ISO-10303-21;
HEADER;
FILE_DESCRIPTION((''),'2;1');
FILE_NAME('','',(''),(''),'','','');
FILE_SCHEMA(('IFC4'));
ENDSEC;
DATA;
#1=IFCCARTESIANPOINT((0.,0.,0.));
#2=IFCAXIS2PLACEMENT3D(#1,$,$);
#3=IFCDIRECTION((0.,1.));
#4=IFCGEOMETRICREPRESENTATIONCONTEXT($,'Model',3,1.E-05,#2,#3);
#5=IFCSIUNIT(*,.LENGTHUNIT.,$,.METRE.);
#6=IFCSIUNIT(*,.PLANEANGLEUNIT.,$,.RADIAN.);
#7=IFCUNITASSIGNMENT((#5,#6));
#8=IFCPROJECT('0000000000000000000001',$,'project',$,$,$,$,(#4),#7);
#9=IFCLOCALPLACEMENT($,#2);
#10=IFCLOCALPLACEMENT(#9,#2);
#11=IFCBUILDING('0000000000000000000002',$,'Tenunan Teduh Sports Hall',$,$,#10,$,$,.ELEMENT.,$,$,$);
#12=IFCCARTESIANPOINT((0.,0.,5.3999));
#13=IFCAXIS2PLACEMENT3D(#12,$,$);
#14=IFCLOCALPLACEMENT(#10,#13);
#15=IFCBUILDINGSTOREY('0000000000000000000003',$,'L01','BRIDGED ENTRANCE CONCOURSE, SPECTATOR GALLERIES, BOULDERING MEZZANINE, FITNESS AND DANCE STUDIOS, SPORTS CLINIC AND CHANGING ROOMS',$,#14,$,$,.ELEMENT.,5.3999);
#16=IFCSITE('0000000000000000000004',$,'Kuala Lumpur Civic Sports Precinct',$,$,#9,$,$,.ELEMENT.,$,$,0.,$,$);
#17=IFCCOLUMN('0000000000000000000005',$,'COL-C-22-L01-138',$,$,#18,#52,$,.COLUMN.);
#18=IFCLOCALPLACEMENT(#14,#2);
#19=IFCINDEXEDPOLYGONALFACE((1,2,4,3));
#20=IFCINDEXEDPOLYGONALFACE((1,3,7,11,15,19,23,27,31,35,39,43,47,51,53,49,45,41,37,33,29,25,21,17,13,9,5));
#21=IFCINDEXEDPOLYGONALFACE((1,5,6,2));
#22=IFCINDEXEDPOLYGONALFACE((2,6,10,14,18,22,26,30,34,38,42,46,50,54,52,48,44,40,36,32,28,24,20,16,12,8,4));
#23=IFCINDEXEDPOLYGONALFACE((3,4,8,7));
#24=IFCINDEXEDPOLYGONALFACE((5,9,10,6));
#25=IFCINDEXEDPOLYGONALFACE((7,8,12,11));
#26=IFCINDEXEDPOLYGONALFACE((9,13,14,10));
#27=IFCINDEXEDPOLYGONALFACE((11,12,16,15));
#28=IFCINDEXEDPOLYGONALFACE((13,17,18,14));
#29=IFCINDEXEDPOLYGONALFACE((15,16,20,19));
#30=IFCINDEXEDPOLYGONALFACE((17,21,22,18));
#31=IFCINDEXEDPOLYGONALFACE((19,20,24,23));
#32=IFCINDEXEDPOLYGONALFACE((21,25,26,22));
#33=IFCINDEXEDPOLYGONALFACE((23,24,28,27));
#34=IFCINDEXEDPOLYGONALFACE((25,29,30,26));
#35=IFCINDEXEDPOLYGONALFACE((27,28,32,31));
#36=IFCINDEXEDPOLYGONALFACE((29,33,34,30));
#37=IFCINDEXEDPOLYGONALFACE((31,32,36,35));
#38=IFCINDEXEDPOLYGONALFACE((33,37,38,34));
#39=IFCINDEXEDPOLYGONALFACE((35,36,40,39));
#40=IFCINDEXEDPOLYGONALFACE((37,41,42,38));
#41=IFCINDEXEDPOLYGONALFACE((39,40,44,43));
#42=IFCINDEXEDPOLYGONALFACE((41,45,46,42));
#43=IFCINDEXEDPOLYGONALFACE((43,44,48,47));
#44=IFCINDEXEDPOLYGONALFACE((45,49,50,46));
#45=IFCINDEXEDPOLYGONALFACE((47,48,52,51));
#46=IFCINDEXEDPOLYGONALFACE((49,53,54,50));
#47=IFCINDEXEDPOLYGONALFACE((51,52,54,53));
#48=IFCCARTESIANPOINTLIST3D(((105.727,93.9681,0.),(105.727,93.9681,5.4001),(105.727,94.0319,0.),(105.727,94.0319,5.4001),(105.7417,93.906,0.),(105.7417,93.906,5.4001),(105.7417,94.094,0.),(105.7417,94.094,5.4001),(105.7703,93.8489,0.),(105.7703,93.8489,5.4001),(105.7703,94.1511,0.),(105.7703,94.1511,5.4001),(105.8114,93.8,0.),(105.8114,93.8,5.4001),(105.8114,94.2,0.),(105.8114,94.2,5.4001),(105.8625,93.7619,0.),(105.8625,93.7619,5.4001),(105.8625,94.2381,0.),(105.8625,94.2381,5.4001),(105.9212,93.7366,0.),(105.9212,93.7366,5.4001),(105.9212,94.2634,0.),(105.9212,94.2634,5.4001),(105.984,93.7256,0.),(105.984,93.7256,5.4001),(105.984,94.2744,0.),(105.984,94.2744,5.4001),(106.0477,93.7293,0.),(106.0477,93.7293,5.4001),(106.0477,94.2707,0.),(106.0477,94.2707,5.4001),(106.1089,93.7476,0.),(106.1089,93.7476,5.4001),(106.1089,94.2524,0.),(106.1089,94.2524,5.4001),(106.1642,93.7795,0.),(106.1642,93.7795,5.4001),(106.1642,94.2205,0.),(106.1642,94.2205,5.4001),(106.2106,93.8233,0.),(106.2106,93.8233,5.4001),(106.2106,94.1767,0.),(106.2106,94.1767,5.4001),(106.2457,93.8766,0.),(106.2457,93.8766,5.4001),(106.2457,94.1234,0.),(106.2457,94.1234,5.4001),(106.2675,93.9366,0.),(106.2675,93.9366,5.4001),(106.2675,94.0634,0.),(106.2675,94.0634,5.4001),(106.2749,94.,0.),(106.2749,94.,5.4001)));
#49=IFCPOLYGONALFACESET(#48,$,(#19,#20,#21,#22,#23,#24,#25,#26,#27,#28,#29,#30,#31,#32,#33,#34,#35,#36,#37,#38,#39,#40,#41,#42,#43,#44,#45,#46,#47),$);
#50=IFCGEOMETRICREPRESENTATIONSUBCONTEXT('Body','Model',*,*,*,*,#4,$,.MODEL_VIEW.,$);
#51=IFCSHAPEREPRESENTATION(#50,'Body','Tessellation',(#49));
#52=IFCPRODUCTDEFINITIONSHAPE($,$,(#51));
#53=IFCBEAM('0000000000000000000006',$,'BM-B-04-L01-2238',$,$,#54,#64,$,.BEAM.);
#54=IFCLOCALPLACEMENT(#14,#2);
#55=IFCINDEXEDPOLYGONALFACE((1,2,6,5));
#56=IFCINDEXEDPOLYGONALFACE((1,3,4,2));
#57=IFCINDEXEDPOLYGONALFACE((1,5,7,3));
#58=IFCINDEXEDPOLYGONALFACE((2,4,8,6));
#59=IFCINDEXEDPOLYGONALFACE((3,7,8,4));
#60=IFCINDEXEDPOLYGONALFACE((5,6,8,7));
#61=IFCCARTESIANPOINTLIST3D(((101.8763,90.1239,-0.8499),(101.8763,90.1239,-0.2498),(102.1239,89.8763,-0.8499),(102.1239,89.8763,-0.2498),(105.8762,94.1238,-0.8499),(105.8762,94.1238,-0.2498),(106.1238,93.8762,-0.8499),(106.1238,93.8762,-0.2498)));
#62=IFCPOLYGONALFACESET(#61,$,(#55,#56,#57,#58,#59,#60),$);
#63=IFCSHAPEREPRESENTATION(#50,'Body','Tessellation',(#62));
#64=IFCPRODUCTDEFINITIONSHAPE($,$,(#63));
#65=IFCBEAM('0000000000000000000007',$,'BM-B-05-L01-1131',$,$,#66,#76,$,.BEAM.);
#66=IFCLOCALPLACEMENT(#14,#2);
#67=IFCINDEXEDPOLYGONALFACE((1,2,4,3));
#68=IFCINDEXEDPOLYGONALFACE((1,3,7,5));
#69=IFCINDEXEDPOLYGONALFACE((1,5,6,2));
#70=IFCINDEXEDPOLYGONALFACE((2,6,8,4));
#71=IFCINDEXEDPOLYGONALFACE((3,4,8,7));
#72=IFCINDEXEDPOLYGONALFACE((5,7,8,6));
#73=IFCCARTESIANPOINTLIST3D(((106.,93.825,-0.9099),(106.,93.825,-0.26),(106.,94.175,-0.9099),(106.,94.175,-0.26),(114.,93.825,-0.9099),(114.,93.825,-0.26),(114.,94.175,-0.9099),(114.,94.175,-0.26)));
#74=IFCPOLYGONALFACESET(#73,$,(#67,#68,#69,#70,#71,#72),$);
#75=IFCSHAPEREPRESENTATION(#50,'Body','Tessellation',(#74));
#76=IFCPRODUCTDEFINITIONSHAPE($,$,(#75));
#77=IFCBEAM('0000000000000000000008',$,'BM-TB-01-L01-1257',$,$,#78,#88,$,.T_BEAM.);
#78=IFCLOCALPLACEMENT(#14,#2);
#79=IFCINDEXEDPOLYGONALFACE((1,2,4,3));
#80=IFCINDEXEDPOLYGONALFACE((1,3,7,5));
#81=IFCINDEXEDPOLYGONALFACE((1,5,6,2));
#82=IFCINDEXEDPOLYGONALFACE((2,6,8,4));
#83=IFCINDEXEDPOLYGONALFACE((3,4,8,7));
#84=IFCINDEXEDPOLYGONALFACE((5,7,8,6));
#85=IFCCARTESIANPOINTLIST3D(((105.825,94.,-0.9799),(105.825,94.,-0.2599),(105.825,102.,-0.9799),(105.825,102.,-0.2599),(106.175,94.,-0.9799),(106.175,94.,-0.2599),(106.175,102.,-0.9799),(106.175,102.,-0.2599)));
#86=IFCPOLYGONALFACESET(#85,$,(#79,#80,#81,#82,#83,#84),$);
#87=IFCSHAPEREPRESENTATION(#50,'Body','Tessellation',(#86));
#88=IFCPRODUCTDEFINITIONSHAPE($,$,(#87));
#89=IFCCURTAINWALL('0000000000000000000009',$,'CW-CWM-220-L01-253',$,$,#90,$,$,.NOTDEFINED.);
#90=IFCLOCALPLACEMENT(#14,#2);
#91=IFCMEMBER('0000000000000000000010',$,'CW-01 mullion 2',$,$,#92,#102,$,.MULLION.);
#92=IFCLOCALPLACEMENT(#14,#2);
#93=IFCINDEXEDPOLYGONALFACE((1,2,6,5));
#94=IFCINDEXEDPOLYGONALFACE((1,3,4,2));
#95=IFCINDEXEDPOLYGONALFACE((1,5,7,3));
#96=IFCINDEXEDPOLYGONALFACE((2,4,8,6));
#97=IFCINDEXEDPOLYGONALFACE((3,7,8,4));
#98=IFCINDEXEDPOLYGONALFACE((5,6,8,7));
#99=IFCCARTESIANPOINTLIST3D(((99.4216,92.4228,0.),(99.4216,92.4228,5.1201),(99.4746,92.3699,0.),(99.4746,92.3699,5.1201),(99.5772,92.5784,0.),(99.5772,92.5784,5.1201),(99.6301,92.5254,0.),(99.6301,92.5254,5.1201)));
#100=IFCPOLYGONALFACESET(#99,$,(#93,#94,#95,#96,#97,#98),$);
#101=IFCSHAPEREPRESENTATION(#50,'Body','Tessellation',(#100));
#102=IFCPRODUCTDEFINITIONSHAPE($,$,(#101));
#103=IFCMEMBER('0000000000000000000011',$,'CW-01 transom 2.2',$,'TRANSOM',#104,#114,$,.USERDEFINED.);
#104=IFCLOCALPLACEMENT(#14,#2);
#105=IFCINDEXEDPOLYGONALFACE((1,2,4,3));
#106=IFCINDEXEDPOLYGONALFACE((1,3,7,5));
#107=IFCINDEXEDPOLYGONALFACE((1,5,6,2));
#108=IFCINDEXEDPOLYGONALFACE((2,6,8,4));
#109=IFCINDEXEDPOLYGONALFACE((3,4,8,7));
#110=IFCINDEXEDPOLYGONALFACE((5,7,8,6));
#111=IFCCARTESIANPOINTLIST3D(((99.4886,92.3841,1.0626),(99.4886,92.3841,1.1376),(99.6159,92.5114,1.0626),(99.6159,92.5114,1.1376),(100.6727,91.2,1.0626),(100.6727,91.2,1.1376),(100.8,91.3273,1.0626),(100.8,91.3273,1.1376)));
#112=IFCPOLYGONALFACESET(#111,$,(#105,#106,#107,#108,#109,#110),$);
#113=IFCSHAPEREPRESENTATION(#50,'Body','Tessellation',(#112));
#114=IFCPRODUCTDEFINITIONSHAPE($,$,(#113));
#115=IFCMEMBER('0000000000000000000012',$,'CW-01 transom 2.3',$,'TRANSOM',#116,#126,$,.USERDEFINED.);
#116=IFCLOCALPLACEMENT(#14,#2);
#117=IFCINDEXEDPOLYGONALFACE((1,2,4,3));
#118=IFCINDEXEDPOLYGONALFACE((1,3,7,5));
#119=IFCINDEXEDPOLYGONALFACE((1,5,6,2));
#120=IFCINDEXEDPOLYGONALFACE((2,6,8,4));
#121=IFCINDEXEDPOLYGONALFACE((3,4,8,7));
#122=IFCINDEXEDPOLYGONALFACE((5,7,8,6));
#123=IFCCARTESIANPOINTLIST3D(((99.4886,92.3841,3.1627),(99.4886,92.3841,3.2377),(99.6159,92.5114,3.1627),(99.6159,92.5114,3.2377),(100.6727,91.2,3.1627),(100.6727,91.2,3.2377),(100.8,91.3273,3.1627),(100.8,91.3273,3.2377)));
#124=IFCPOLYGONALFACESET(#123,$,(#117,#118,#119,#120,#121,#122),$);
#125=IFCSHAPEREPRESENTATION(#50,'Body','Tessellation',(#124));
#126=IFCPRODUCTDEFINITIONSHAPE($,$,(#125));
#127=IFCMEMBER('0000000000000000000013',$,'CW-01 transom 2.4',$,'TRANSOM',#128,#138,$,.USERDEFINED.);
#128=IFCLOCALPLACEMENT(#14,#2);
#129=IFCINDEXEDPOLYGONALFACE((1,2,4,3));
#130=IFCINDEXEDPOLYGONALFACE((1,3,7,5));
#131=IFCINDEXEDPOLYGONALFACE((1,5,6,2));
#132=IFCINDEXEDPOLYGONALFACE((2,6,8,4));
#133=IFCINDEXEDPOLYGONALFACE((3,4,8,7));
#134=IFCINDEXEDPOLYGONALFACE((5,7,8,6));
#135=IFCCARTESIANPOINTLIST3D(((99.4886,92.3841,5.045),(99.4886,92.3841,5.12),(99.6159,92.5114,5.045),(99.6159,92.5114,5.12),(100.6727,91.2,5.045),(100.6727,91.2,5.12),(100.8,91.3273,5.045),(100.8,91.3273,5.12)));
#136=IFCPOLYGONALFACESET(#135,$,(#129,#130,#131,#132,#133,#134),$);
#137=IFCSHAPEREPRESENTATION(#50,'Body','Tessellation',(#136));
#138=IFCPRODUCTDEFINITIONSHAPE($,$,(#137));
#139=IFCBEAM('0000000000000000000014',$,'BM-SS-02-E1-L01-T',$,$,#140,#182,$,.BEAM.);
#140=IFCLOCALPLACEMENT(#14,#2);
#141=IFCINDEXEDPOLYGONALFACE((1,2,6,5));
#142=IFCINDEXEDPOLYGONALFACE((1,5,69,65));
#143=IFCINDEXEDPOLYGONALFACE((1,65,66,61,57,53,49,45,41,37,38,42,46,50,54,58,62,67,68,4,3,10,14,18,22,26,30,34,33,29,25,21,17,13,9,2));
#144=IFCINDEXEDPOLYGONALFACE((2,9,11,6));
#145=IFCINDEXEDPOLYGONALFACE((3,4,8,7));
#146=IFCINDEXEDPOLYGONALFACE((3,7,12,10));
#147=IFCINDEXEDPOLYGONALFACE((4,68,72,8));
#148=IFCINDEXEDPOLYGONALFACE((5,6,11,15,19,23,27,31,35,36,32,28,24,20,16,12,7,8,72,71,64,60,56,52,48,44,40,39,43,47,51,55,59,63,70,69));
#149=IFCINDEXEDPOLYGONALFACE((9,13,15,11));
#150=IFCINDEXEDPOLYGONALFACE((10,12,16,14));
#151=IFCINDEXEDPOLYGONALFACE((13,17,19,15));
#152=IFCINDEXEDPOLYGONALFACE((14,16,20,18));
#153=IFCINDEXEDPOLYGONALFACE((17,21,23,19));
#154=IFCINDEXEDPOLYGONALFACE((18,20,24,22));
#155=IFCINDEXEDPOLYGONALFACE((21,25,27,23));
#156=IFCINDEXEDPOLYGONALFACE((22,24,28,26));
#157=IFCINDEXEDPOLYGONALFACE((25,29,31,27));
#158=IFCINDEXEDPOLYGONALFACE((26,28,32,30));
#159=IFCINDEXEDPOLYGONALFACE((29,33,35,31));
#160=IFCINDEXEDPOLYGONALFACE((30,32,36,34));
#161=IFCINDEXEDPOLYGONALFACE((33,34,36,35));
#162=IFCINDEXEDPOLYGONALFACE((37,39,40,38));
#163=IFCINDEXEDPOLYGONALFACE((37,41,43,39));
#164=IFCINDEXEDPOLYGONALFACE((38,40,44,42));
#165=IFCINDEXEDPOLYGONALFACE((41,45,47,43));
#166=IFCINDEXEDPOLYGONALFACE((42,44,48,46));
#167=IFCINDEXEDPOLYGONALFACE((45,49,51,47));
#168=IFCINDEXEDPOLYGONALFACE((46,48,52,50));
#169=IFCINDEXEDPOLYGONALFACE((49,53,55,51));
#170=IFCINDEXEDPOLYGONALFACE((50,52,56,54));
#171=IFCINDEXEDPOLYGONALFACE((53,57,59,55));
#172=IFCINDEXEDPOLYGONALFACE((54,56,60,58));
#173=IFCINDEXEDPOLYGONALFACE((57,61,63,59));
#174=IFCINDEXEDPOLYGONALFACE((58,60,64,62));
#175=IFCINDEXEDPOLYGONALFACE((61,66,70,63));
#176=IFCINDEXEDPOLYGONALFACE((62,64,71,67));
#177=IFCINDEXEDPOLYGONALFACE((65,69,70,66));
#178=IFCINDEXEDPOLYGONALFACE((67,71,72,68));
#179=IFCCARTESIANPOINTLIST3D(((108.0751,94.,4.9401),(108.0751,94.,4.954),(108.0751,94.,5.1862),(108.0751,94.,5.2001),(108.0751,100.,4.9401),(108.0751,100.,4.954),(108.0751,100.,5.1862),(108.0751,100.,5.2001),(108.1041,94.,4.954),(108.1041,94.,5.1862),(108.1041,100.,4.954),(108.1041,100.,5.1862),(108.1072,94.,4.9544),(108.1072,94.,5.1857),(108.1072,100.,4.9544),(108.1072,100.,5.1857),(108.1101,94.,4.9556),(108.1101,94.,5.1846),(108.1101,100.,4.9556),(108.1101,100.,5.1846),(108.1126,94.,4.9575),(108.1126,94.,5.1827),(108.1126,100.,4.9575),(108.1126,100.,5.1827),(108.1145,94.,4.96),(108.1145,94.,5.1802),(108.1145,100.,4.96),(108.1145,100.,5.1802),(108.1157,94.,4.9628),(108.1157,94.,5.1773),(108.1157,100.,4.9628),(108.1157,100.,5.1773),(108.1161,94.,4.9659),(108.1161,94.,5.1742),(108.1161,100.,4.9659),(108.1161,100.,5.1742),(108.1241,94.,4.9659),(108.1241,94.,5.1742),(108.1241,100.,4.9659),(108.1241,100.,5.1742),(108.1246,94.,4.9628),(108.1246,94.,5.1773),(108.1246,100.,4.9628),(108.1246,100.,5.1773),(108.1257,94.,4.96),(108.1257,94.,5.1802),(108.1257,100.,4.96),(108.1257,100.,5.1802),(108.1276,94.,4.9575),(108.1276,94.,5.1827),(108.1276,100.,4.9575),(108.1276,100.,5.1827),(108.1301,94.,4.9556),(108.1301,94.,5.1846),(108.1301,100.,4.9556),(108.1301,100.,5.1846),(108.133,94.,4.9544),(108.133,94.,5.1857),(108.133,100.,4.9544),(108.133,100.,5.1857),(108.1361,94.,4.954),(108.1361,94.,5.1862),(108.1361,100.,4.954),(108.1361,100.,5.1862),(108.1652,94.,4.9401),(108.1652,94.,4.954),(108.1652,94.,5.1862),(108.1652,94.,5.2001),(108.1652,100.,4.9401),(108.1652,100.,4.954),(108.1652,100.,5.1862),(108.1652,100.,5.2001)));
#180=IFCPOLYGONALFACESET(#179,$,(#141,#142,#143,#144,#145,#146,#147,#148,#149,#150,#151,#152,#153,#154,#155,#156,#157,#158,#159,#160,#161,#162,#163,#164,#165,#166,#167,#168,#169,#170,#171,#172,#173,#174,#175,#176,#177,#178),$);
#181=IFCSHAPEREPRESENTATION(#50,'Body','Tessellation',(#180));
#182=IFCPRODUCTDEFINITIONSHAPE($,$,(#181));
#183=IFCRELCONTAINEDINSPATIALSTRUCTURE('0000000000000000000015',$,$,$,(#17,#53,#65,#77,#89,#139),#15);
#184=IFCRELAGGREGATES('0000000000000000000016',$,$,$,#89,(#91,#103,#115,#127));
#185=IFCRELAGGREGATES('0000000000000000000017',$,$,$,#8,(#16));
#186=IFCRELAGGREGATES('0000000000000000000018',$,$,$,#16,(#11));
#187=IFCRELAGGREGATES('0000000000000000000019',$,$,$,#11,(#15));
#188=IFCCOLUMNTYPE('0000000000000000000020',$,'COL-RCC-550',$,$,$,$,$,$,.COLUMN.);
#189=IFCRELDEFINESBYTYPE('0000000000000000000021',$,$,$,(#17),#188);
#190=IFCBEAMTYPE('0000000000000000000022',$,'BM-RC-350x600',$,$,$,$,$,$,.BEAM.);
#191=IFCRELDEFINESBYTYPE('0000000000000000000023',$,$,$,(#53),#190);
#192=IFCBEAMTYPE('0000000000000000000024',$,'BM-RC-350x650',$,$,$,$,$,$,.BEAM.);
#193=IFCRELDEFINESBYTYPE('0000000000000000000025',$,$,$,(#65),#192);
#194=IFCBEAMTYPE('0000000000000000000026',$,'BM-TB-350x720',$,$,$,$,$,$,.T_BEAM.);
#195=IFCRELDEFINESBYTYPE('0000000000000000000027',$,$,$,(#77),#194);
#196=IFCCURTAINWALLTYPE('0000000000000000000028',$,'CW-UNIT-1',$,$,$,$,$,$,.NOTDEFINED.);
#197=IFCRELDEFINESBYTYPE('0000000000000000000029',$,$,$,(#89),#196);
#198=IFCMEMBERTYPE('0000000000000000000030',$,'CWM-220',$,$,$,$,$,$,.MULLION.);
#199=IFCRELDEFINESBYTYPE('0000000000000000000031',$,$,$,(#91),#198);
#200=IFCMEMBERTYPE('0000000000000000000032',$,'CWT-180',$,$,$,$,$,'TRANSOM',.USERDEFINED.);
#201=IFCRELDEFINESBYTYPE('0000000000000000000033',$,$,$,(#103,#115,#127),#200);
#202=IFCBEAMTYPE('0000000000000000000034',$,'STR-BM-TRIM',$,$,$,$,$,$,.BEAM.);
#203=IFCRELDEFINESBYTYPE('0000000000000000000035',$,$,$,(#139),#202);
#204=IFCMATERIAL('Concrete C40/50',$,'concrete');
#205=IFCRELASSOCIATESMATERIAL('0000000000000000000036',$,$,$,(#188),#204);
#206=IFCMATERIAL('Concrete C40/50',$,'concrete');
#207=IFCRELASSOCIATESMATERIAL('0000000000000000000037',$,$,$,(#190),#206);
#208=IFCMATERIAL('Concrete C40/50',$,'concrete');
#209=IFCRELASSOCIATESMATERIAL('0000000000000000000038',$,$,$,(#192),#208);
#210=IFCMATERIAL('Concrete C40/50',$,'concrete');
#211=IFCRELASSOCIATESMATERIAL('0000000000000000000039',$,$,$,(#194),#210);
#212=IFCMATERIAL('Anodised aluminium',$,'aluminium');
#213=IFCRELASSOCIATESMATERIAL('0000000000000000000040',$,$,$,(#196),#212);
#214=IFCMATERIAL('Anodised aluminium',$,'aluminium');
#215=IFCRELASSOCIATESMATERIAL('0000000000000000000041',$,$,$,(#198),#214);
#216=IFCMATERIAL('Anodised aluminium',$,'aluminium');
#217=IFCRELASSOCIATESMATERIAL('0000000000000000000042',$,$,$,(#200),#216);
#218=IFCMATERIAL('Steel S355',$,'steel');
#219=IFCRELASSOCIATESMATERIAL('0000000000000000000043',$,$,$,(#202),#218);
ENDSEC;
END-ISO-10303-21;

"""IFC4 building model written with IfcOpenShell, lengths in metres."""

from ifc_helpers import new_model, si_unit, direction, frame, origin, origin_2d, place, context, subcontext, project, spatial, rectangle, circle, i_section, extrude, material, material_profile, profile_set, type_object, element, aggregate, save


model = new_model("IFC4")

# Units and contexts
model_context = context("Model", 3, precision=1e-05, world=origin(), true_north=direction((0.0, 1.0)))
body_context = subcontext(model_context, "Body", "Model", "MODEL_VIEW")
ifc_project = project(units=[si_unit("LENGTHUNIT", "METRE"), si_unit("PLANEANGLEUNIT", "RADIAN")], contexts=[model_context])

# Site, building, storey
site_placement = place(None, origin())
site = spatial("IfcSite", under=ifc_project, at=site_placement, Name="Kuala Lumpur Civic Sports Precinct", CompositionType="ELEMENT", RefElevation=0.0)
building_placement = place(site_placement, origin())
building = spatial("IfcBuilding", under=site, at=building_placement, Name="Tenunan Teduh Sports Hall", CompositionType="ELEMENT")
storey_placement = place(building_placement, frame((0.0, 0.0, 5.3999)))
storey = spatial("IfcBuildingStorey", under=building, at=storey_placement, Name="L01", Description="BRIDGED ENTRANCE CONCOURSE, SPECTATOR GALLERIES, BOULDERING MEZZANINE, FITNESS AND DANCE STUDIOS, SPORTS CLINIC AND CHANGING ROOMS", CompositionType="ELEMENT", Elevation=5.3999)

# Column
ifc_material_1 = material(Name="Concrete C40/50", Category="concrete")
ifc_material_profile_1 = material_profile(ifc_material_1, circle(Radius=0.2749, at=origin_2d()), Name="RCC D550")
ifc_profile_set_1 = profile_set([ifc_material_profile_1], Name="Concrete C40/50")
column_type = type_object("IfcColumnType", Name="COL-RCC-550", PredefinedType="COLUMN", material=ifc_profile_set_1)
column_placement = place(storey_placement, frame((106.0, 94.0, 0.0), z_axis=(0.0, 0.0, 1.0), x_axis=(1.0, 0.0, 0.0)))
element("IfcColumn", 1, at=column_placement, inside=storey, type_object=column_type, Name="COL-C-22-L01-138", PredefinedType="COLUMN", context=body_context, shape_type="SweptSolid", body=[
    extrude(circle(Radius=0.2749, at=origin_2d()), origin(), (0.0, 0.0, 1.0), 5.4001),
])

# Beams
ifc_material_2 = material(Name="Concrete C40/50", Category="concrete")
ifc_material_profile_2 = material_profile(ifc_material_2, rectangle(XDim=0.3501, YDim=0.6001, at=origin_2d()), Name="RCB 350x600")
ifc_profile_set_2 = profile_set([ifc_material_profile_2], Name="Concrete C40/50")
beam_type_1 = type_object("IfcBeamType", Name="BM-RC-350x600", PredefinedType="BEAM", material=ifc_profile_set_2)
beam_1_placement = place(storey_placement, frame((106.0, 94.0, -0.5498), z_axis=(-0.707107, -0.707107, 0.0), x_axis=(0.707107, -0.707107, 0.0)))
element("IfcBeam", 2, at=beam_1_placement, inside=storey, type_object=beam_type_1, Name="BM-B-04-L01-2238", PredefinedType="BEAM", context=body_context, shape_type="SweptSolid", body=[
    extrude(rectangle(XDim=0.3501, YDim=0.6001, at=origin_2d()), origin(), (0.0, 0.0, 1.0), 5.6567),
])
ifc_material_3 = material(Name="Concrete C40/50", Category="concrete")
ifc_material_profile_3 = material_profile(ifc_material_3, rectangle(XDim=0.3501, YDim=0.6499, at=origin_2d()), Name="RCB 350x650")
ifc_profile_set_3 = profile_set([ifc_material_profile_3], Name="Concrete C40/50")
beam_type_2 = type_object("IfcBeamType", Name="BM-RC-350x650", PredefinedType="BEAM", material=ifc_profile_set_3)
beam_2_placement = place(storey_placement, frame((106.0, 94.0, -0.585), z_axis=(1.0, 0.0, 0.0), x_axis=(0.0, 1.0, 0.0)))
element("IfcBeam", 3, at=beam_2_placement, inside=storey, type_object=beam_type_2, Name="BM-B-05-L01-1131", PredefinedType="BEAM", context=body_context, shape_type="SweptSolid", body=[
    extrude(rectangle(XDim=0.3501, YDim=0.6499, at=origin_2d()), origin(), (0.0, 0.0, 1.0), 8.0),
])
ifc_material_4 = material(Name="Concrete C40/50", Category="concrete")
ifc_material_profile_4 = material_profile(ifc_material_4, rectangle(XDim=0.3501, YDim=0.72, at=origin_2d()), Name="TB 350x720")
ifc_profile_set_4 = profile_set([ifc_material_profile_4], Name="Concrete C40/50")
beam_type_3 = type_object("IfcBeamType", Name="BM-TB-350x720", PredefinedType="T_BEAM", material=ifc_profile_set_4)
beam_3_placement = place(storey_placement, frame((106.0, 94.0, -0.6199), z_axis=(0.0, 1.0, 0.0), x_axis=(-1.0, 0.0, 0.0)))
element("IfcBeam", 4, at=beam_3_placement, inside=storey, type_object=beam_type_3, Name="BM-TB-01-L01-1257", PredefinedType="T_BEAM", context=body_context, shape_type="SweptSolid", body=[
    extrude(rectangle(XDim=0.3501, YDim=0.72, at=origin_2d()), origin(), (0.0, 0.0, 1.0), 8.0),
])

# Curtain wall, members
ifc_material_5 = material(Name="Anodised aluminium", Category="aluminium")
curtain_wall_type = type_object("IfcCurtainWallType", Name="CW-UNIT-1", PredefinedType="NOTDEFINED", material=ifc_material_5)
curtain_wall_placement = place(storey_placement, origin())
curtain_wall = element("IfcCurtainWall", 5, at=curtain_wall_placement, inside=storey, type_object=curtain_wall_type, Name="CW-CWM-220-L01-253", PredefinedType="NOTDEFINED")
ifc_material_6 = material(Name="Anodised aluminium", Category="aluminium")
ifc_material_profile_5 = material_profile(ifc_material_6, rectangle(XDim=0.075, YDim=0.22, at=origin_2d()), Name="CWM 75x220")
ifc_profile_set_5 = profile_set([ifc_material_profile_5], Name="Anodised aluminium")
member_type_1 = type_object("IfcMemberType", Name="CWM-220", PredefinedType="MULLION", material=ifc_profile_set_5)
member_1_placement = place(storey_placement, frame((99.5259, 92.4741, 0.0), z_axis=(0.0, 0.0, 1.0), x_axis=(-0.707107, 0.707107, 0.0)))
member_1 = element("IfcMember", 6, at=member_1_placement, type_object=member_type_1, Name="CW-01 mullion 2", PredefinedType="MULLION", context=body_context, shape_type="SweptSolid", body=[
    extrude(rectangle(XDim=0.075, YDim=0.22, at=origin_2d()), origin(), (0.0, 0.0, 1.0), 5.1201),
])
ifc_material_7 = material(Name="Anodised aluminium", Category="aluminium")
ifc_material_profile_6 = material_profile(ifc_material_7, rectangle(XDim=0.075, YDim=0.1799, at=origin_2d()), Name="CWT 75x180")
ifc_profile_set_6 = profile_set([ifc_material_profile_6], Name="Anodised aluminium")
member_type_2 = type_object("IfcMemberType", Name="CWT-180", ElementType="TRANSOM", PredefinedType="USERDEFINED", material=ifc_profile_set_6)
member_2_placement = place(storey_placement, frame((99.5522, 92.4478, 1.1001), z_axis=(0.707107, -0.707107, 0.0), x_axis=(0.0, 0.0, 1.0)))
member_2 = element("IfcMember", 7, at=member_2_placement, type_object=member_type_2, Name="CW-01 transom 2.2", ObjectType="TRANSOM", PredefinedType="USERDEFINED", context=body_context, shape_type="SweptSolid", body=[
    extrude(rectangle(XDim=0.075, YDim=0.1799, at=origin_2d()), origin(), (0.0, 0.0, 1.0), 1.6746),
])
member_3_placement = place(storey_placement, frame((99.5522, 92.4478, 3.2002), z_axis=(0.707107, -0.707107, 0.0), x_axis=(0.0, 0.0, 1.0)))
member_3 = element("IfcMember", 8, at=member_3_placement, type_object=member_type_2, Name="CW-01 transom 2.3", ObjectType="TRANSOM", PredefinedType="USERDEFINED", context=body_context, shape_type="SweptSolid", body=[
    extrude(rectangle(XDim=0.075, YDim=0.1799, at=origin_2d()), origin(), (0.0, 0.0, 1.0), 1.6746),
])
member_4_placement = place(storey_placement, frame((99.5522, 92.4478, 5.0825), z_axis=(0.707107, -0.707107, 0.0), x_axis=(0.0, 0.0, 1.0)))
member_4 = element("IfcMember", 9, at=member_4_placement, type_object=member_type_2, Name="CW-01 transom 2.4", ObjectType="TRANSOM", PredefinedType="USERDEFINED", context=body_context, shape_type="SweptSolid", body=[
    extrude(rectangle(XDim=0.075, YDim=0.1799, at=origin_2d()), origin(), (0.0, 0.0, 1.0), 1.6746),
])

# Beam
ifc_material_8 = material(Name="Steel S355", Category="steel")
ifc_material_profile_7 = material_profile(ifc_material_8, i_section(OverallWidth=0.0901, OverallDepth=0.26, WebThickness=0.0081, FlangeThickness=0.0139, FilletRadius=0.012, at=origin_2d()), Name="PFC 260x90")
ifc_profile_set_7 = profile_set([ifc_material_profile_7], Name="Steel S355")
beam_type_4 = type_object("IfcBeamType", Name="STR-BM-TRIM", PredefinedType="BEAM", material=ifc_profile_set_7)
for number, where, z_axis, x_axis, name in (
    (10, (108.1201, 94.0, 5.0701), (0.0, 1.0, 0.0), (-1.0, 0.0, 0.0), "BM-SS-02-E1-L01-T"),
):
    element("IfcBeam", number, at=place(storey_placement, frame(where, z_axis=z_axis, x_axis=x_axis)), inside=storey, type_object=beam_type_4, Name=name, PredefinedType="BEAM", context=body_context, shape_type="SweptSolid", body=[
        extrude(i_section(OverallWidth=0.0901, OverallDepth=0.26, WebThickness=0.0081, FlangeThickness=0.0139, FilletRadius=0.012, at=origin_2d()), origin(), (0.0, 0.0, 1.0), 6.0),
    ])

aggregate(curtain_wall, [member_1, member_2, member_3, member_4])

save(model, "model.ifc")
